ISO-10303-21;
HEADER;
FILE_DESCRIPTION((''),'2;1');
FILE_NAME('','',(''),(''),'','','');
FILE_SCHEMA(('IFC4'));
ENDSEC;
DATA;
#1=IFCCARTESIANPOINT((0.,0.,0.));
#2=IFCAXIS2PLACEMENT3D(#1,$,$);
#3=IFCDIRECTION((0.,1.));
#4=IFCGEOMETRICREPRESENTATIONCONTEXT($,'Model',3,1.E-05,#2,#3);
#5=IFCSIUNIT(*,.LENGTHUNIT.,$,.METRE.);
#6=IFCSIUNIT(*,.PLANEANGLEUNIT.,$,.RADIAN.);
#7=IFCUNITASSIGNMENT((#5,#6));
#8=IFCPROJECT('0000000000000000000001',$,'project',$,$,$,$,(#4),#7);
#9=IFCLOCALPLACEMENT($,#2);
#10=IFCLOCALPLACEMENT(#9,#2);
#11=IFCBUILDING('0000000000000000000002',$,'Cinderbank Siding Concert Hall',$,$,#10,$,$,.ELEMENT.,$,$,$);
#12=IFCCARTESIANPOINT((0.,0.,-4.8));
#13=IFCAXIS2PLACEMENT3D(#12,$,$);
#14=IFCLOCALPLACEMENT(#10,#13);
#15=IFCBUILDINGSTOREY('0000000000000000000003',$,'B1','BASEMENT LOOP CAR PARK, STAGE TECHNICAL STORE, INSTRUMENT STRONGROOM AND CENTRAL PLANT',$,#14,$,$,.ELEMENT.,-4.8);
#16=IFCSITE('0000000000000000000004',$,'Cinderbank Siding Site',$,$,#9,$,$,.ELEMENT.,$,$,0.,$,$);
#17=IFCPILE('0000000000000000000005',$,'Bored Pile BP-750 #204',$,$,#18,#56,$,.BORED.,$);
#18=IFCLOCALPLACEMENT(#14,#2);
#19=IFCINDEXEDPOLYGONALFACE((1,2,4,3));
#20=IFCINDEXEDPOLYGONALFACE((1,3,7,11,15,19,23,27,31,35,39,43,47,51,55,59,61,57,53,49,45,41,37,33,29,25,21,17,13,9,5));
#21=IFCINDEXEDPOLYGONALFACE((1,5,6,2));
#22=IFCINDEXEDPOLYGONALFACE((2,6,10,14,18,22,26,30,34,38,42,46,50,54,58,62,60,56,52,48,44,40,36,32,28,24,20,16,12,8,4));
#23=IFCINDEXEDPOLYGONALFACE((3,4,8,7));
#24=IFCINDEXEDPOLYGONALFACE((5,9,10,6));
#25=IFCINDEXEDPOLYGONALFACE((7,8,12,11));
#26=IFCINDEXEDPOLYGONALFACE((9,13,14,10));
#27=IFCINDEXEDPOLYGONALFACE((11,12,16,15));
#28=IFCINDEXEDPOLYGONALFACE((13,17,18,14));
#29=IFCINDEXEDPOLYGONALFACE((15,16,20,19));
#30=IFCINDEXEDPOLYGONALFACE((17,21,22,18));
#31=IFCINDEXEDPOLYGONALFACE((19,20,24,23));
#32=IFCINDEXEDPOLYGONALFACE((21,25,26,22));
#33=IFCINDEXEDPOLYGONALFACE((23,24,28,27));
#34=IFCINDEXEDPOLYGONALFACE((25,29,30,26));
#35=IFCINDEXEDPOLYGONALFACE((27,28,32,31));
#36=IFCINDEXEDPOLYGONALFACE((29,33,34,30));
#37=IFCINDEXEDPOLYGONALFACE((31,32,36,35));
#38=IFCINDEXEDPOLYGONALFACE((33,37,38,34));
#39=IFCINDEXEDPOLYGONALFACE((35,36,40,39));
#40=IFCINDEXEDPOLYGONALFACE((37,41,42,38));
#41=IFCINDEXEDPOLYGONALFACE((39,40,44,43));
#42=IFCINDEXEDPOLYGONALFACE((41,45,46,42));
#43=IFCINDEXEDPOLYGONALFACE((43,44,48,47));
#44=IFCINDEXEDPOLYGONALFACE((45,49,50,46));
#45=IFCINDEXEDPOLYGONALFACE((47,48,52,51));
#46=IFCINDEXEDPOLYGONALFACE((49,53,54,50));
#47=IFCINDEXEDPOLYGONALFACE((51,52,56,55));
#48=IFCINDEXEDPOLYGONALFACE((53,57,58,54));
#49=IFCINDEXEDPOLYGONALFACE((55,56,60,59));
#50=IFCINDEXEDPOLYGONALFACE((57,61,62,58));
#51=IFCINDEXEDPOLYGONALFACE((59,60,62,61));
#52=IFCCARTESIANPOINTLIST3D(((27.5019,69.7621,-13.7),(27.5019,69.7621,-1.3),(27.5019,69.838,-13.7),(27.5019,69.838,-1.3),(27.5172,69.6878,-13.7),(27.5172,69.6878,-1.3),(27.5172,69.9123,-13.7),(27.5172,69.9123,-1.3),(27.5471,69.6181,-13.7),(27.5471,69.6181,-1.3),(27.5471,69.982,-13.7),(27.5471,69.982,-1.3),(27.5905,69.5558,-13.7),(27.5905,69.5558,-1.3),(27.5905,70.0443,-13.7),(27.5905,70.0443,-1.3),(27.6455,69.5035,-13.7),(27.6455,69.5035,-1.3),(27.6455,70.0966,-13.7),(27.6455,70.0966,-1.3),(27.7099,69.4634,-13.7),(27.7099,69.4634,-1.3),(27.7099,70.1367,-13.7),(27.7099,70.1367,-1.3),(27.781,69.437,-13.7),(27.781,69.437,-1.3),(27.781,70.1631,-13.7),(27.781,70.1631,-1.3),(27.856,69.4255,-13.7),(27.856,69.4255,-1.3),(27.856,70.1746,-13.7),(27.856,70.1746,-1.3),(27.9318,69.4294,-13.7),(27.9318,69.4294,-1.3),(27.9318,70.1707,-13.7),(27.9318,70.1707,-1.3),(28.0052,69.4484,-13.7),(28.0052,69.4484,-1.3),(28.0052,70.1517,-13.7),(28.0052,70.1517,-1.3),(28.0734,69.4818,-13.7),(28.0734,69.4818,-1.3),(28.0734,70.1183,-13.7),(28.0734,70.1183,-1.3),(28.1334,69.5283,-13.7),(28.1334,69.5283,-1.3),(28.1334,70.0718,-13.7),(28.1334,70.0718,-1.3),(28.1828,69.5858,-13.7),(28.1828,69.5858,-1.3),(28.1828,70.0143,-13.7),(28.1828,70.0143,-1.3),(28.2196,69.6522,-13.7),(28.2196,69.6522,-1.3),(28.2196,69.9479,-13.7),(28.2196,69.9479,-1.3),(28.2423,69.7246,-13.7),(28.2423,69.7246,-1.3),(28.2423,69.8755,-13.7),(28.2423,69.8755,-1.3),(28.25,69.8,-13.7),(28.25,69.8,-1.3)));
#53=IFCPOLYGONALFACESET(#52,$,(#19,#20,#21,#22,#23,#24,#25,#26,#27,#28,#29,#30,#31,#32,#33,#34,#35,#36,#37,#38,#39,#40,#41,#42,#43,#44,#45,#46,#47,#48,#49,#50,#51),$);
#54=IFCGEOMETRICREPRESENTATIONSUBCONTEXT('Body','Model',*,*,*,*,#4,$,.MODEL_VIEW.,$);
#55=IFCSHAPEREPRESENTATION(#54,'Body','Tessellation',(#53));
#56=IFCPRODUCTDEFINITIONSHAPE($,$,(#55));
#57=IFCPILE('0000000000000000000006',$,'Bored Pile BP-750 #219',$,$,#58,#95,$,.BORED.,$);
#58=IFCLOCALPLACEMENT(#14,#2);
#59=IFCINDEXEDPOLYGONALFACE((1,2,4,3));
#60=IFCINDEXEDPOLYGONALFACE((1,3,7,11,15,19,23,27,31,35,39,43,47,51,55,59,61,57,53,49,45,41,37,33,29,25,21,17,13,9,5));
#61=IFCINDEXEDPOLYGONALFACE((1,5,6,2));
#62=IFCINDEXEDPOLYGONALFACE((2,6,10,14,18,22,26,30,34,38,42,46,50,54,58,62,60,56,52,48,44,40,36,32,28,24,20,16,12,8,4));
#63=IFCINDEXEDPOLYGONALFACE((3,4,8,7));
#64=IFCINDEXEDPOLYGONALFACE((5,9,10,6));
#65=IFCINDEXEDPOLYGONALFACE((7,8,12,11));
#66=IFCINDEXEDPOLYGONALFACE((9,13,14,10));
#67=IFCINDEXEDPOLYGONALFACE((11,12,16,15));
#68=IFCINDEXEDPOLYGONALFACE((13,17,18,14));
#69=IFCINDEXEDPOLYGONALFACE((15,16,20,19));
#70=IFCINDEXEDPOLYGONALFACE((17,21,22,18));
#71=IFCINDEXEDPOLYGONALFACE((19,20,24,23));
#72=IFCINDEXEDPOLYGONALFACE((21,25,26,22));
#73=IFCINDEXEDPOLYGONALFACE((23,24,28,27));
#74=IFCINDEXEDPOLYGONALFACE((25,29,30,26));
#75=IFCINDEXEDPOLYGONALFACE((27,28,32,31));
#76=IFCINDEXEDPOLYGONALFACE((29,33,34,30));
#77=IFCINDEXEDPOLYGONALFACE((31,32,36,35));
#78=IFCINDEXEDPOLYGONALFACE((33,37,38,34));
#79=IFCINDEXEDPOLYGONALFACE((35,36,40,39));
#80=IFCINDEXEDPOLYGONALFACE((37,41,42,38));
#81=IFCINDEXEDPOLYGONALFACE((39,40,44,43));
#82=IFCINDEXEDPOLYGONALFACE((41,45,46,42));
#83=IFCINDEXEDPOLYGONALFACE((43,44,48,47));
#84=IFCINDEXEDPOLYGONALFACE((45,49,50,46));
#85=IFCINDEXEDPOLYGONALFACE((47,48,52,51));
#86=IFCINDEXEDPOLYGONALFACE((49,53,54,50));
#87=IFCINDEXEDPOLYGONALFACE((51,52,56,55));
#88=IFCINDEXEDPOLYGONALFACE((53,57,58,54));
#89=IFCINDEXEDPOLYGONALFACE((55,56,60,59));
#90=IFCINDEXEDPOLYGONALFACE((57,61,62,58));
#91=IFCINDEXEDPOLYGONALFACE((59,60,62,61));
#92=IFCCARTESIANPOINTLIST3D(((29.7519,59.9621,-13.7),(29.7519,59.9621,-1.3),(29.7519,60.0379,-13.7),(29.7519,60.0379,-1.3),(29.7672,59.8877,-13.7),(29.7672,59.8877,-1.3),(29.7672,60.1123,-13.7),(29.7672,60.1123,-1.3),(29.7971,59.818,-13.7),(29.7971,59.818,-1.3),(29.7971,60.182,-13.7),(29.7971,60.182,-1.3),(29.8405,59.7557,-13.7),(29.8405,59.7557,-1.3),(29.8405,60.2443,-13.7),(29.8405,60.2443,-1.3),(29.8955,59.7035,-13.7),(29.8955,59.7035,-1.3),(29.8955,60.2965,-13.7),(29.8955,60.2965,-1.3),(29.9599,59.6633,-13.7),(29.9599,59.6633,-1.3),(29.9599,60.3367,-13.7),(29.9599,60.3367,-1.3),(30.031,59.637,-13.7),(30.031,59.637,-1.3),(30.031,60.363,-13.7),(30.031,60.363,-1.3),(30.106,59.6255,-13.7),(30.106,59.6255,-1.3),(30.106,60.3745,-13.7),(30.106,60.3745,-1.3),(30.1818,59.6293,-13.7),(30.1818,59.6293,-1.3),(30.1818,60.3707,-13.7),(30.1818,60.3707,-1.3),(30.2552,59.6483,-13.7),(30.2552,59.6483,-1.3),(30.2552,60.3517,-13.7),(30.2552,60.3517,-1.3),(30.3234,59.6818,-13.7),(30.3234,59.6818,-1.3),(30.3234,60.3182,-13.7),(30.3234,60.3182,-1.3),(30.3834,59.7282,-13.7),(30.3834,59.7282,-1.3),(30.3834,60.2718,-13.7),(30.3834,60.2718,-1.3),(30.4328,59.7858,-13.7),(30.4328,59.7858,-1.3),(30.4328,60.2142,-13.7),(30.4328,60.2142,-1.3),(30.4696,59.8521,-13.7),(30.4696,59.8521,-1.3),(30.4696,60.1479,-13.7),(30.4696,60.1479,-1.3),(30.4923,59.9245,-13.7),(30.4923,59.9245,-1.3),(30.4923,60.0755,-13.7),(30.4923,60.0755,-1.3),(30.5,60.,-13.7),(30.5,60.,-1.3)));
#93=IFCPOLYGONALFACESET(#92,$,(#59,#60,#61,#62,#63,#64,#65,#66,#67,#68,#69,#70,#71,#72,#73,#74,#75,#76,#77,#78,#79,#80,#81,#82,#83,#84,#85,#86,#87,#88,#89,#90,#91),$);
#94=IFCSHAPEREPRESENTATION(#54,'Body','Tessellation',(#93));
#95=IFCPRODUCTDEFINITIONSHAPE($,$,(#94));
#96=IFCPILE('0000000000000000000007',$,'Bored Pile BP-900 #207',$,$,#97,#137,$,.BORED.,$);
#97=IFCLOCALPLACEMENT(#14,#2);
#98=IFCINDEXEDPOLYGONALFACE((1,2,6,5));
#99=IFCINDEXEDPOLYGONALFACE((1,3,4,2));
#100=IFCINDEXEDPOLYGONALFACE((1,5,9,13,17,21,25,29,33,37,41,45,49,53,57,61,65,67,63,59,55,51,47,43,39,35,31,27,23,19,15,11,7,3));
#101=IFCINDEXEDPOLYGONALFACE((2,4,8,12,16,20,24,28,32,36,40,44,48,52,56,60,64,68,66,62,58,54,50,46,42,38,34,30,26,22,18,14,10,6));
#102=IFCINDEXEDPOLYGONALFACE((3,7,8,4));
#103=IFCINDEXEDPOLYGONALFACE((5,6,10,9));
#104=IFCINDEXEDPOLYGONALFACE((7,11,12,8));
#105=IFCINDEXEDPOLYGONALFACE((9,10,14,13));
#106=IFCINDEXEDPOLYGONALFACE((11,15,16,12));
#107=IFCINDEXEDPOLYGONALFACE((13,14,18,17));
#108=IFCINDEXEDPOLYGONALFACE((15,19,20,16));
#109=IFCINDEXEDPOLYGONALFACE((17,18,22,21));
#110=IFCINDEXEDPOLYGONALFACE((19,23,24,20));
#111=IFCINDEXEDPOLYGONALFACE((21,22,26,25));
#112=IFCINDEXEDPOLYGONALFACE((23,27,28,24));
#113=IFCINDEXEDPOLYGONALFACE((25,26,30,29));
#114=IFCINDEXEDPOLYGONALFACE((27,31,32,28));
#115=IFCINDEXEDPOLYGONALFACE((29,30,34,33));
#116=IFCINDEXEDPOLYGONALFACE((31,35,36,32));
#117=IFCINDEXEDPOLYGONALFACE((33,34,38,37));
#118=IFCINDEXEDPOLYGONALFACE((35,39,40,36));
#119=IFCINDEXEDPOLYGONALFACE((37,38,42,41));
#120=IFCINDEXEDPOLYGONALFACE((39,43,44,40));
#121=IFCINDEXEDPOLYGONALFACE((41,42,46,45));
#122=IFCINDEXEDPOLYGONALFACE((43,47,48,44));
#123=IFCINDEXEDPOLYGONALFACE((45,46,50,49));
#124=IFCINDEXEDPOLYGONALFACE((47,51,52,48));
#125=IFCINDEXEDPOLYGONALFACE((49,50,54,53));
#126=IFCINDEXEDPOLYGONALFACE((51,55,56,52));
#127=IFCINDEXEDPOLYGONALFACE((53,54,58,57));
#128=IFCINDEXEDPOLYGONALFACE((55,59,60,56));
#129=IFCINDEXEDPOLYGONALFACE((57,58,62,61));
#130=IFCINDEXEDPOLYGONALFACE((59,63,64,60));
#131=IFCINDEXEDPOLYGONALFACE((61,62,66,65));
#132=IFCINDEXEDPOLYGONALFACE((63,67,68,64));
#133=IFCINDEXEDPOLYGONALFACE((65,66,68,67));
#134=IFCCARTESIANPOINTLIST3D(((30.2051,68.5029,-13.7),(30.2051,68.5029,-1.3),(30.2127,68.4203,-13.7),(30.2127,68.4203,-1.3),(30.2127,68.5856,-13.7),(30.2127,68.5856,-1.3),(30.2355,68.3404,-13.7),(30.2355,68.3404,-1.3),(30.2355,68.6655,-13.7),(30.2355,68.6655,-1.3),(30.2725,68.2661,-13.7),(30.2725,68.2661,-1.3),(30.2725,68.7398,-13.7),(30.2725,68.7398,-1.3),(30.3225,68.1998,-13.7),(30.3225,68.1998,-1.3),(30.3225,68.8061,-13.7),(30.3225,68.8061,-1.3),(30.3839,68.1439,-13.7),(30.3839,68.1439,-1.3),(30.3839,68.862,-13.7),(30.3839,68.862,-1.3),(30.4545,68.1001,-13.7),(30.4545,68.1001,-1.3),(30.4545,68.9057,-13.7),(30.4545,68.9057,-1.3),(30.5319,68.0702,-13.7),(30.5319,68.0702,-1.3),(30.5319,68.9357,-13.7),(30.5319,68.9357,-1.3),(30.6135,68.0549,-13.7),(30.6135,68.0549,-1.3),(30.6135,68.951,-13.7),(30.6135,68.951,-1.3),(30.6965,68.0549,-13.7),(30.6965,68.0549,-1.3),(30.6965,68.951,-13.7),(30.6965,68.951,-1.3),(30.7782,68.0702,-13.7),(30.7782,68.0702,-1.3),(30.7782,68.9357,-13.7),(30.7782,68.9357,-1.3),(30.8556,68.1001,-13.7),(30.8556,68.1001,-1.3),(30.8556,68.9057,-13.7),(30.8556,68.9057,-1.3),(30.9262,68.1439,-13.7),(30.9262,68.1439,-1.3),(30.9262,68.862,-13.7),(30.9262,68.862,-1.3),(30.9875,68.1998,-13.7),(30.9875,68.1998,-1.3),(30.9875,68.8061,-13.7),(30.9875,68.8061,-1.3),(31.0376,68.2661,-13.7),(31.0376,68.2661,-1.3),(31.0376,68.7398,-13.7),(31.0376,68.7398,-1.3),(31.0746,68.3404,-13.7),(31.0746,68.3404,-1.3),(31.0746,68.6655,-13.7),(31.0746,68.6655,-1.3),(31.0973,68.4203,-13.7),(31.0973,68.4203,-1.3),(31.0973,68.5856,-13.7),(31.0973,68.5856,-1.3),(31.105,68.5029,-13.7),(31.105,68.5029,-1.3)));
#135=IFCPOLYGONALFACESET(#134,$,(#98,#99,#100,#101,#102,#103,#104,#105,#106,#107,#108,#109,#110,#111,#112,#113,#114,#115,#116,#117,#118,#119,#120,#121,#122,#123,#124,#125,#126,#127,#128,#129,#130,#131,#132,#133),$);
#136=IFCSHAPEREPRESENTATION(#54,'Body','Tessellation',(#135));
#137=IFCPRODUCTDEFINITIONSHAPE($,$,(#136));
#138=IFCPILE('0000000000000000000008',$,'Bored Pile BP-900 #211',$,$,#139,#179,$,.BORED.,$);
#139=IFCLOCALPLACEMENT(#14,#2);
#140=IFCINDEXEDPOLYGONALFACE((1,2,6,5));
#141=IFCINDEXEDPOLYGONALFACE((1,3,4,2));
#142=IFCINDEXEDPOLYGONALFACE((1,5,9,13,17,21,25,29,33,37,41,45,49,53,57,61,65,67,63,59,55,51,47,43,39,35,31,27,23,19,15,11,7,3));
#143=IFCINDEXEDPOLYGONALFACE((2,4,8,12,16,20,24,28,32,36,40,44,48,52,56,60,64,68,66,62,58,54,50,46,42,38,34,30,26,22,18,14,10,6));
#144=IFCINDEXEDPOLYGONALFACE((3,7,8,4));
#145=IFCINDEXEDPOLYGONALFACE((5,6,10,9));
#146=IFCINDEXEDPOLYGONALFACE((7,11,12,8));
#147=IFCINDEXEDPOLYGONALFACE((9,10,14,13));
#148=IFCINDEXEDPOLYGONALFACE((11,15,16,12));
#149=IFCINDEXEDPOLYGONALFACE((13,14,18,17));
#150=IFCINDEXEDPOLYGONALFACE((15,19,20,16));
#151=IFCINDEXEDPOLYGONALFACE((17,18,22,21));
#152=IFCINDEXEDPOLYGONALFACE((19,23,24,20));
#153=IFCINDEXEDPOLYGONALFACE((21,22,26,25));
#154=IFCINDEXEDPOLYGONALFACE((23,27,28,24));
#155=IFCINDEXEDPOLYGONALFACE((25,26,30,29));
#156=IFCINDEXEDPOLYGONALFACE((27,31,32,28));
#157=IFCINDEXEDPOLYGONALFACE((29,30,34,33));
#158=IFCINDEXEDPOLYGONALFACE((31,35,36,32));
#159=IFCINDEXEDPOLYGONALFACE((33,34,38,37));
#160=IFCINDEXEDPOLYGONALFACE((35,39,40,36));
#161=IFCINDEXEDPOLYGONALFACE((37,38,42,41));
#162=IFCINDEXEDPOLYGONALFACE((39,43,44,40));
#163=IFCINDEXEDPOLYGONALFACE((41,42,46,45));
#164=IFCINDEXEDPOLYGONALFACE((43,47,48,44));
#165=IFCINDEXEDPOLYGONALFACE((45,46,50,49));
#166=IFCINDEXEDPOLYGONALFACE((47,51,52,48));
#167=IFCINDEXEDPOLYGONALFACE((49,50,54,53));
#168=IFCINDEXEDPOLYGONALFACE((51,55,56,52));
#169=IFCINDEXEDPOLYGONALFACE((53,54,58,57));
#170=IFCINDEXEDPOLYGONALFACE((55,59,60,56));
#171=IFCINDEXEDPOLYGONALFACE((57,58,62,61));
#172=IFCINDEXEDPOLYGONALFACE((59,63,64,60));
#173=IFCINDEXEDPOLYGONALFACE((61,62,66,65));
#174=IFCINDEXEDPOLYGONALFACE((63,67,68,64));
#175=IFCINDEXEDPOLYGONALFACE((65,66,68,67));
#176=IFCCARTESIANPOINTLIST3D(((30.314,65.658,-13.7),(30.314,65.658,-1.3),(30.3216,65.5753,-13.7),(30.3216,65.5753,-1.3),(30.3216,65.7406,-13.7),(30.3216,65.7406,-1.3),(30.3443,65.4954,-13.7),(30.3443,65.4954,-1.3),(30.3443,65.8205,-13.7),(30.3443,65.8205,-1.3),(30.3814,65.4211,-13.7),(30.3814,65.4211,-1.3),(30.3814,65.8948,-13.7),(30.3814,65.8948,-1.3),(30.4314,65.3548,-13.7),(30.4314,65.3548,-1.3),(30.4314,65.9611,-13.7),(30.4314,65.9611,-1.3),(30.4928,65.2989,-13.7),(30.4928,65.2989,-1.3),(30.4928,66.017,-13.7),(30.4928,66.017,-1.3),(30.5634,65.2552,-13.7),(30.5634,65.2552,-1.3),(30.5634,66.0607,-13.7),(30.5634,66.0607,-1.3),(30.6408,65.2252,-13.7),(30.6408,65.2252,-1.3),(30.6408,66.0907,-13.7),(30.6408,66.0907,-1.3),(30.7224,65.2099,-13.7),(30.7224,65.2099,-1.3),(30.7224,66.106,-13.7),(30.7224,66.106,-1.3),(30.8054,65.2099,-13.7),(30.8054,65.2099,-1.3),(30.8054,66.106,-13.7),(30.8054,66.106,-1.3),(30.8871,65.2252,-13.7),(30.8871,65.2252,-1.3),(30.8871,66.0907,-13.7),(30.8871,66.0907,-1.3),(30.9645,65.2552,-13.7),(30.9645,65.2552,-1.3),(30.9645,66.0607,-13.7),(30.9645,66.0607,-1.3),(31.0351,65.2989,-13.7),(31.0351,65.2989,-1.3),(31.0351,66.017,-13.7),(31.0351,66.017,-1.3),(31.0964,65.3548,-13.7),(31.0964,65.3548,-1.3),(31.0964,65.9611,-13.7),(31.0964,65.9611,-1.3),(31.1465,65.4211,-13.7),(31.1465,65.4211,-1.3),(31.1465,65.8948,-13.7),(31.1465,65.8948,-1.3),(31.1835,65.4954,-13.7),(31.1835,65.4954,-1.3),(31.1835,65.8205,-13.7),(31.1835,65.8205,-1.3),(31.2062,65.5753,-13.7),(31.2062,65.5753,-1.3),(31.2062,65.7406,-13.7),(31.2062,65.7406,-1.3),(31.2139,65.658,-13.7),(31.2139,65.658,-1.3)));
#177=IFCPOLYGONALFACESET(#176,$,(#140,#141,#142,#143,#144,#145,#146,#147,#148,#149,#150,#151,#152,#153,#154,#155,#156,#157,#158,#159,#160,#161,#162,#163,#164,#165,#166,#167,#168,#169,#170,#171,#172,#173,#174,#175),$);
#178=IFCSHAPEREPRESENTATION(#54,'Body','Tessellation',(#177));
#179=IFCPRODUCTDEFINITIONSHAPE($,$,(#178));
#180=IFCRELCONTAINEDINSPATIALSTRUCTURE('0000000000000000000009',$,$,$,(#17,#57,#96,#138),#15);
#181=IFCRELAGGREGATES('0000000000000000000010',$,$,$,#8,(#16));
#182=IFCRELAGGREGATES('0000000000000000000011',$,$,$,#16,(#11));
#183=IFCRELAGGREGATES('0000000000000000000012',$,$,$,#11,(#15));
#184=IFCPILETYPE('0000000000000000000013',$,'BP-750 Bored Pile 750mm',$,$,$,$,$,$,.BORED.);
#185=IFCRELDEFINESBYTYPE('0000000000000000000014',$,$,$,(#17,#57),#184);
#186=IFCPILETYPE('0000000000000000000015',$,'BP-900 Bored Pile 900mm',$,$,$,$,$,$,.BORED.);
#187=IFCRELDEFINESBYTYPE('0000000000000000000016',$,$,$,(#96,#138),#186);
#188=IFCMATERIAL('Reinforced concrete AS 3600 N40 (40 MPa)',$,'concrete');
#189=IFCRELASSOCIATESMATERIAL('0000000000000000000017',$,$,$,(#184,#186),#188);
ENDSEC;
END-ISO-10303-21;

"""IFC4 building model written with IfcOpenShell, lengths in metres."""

from ifc_helpers import new_model, si_unit, direction, frame, origin, origin_2d, place, context, subcontext, project, spatial, circle, extrude, material, material_profile, profile_set, type_object, element, save


model = new_model("IFC4")

# Units and contexts
model_context = context("Model", 3, precision=1e-05, world=origin(), true_north=direction((0.0, 1.0)))
body_context = subcontext(model_context, "Body", "Model", "MODEL_VIEW")
ifc_project = project(units=[si_unit("LENGTHUNIT", "METRE"), si_unit("PLANEANGLEUNIT", "RADIAN")], contexts=[model_context])

# Site, building, storey
site_placement = place(None, origin())
site = spatial("IfcSite", under=ifc_project, at=site_placement, Name="Cinderbank Siding Site", CompositionType="ELEMENT", RefElevation=0.0)
building_placement = place(site_placement, origin())
building = spatial("IfcBuilding", under=site, at=building_placement, Name="Cinderbank Siding Concert Hall", CompositionType="ELEMENT")
storey_placement = place(building_placement, frame((0.0, 0.0, -4.8)))
storey = spatial("IfcBuildingStorey", under=building, at=storey_placement, Name="B1", Description="BASEMENT LOOP CAR PARK, STAGE TECHNICAL STORE, INSTRUMENT STRONGROOM AND CENTRAL PLANT", CompositionType="ELEMENT", Elevation=-4.8)

# Piles
ifc_material_1 = material(Name="Reinforced concrete AS 3600 N40 (40 MPa)", Category="concrete")
ifc_material_profile_1 = material_profile(ifc_material_1, circle(Radius=0.375, at=origin_2d()), Name="PILE-750DIA", Category="LoadBearing")
ifc_profile_set_1 = profile_set([ifc_material_profile_1], Name="Reinforced concrete AS 3600 N40 (40 MPa)")
pile_type_1 = type_object("IfcPileType", Name="BP-750 Bored Pile 750mm", PredefinedType="BORED", material=ifc_profile_set_1)
for number, where, z_axis, x_axis, name in (
    (1, (27.875, 69.8, -1.3), (0.0, 0.0, -1.0), (1.0, 0.0, 0.0), "Bored Pile BP-750 #204"),
    (2, (30.125, 60.0, -1.3), (0.0, 0.0, -1.0), (1.0, 0.0, 0.0), "Bored Pile BP-750 #219"),
):
    element("IfcPile", number, at=place(storey_placement, frame(where, z_axis=z_axis, x_axis=x_axis)), inside=storey, type_object=pile_type_1, Name=name, PredefinedType="BORED", context=body_context, shape_type="SweptSolid", body=[
        extrude(circle(Radius=0.375, at=origin_2d()), origin(), (0.0, 0.0, 1.0), 12.3999),
    ])
ifc_material_profile_2 = material_profile(ifc_material_1, circle(Radius=0.45, at=origin_2d()), Name="PILE-900DIA", Category="LoadBearing")
ifc_profile_set_2 = profile_set([ifc_material_profile_2], Name="Reinforced concrete AS 3600 N40 (40 MPa)")
pile_type_2 = type_object("IfcPileType", Name="BP-900 Bored Pile 900mm", PredefinedType="BORED", material=ifc_profile_set_2)
for number, where, z_axis, x_axis, name in (
    (3, (30.655, 68.5029, -1.3), (0.0, 0.0, -1.0), (1.0, 0.0, 0.0), "Bored Pile BP-900 #207"),
    (4, (30.7639, 65.658, -1.3), (0.0, 0.0, -1.0), (1.0, 0.0, 0.0), "Bored Pile BP-900 #211"),
):
    element("IfcPile", number, at=place(storey_placement, frame(where, z_axis=z_axis, x_axis=x_axis)), inside=storey, type_object=pile_type_2, Name=name, PredefinedType="BORED", context=body_context, shape_type="SweptSolid", body=[
        extrude(circle(Radius=0.45, at=origin_2d()), origin(), (0.0, 0.0, 1.0), 12.3999),
    ])

save(model, "model.ifc")
